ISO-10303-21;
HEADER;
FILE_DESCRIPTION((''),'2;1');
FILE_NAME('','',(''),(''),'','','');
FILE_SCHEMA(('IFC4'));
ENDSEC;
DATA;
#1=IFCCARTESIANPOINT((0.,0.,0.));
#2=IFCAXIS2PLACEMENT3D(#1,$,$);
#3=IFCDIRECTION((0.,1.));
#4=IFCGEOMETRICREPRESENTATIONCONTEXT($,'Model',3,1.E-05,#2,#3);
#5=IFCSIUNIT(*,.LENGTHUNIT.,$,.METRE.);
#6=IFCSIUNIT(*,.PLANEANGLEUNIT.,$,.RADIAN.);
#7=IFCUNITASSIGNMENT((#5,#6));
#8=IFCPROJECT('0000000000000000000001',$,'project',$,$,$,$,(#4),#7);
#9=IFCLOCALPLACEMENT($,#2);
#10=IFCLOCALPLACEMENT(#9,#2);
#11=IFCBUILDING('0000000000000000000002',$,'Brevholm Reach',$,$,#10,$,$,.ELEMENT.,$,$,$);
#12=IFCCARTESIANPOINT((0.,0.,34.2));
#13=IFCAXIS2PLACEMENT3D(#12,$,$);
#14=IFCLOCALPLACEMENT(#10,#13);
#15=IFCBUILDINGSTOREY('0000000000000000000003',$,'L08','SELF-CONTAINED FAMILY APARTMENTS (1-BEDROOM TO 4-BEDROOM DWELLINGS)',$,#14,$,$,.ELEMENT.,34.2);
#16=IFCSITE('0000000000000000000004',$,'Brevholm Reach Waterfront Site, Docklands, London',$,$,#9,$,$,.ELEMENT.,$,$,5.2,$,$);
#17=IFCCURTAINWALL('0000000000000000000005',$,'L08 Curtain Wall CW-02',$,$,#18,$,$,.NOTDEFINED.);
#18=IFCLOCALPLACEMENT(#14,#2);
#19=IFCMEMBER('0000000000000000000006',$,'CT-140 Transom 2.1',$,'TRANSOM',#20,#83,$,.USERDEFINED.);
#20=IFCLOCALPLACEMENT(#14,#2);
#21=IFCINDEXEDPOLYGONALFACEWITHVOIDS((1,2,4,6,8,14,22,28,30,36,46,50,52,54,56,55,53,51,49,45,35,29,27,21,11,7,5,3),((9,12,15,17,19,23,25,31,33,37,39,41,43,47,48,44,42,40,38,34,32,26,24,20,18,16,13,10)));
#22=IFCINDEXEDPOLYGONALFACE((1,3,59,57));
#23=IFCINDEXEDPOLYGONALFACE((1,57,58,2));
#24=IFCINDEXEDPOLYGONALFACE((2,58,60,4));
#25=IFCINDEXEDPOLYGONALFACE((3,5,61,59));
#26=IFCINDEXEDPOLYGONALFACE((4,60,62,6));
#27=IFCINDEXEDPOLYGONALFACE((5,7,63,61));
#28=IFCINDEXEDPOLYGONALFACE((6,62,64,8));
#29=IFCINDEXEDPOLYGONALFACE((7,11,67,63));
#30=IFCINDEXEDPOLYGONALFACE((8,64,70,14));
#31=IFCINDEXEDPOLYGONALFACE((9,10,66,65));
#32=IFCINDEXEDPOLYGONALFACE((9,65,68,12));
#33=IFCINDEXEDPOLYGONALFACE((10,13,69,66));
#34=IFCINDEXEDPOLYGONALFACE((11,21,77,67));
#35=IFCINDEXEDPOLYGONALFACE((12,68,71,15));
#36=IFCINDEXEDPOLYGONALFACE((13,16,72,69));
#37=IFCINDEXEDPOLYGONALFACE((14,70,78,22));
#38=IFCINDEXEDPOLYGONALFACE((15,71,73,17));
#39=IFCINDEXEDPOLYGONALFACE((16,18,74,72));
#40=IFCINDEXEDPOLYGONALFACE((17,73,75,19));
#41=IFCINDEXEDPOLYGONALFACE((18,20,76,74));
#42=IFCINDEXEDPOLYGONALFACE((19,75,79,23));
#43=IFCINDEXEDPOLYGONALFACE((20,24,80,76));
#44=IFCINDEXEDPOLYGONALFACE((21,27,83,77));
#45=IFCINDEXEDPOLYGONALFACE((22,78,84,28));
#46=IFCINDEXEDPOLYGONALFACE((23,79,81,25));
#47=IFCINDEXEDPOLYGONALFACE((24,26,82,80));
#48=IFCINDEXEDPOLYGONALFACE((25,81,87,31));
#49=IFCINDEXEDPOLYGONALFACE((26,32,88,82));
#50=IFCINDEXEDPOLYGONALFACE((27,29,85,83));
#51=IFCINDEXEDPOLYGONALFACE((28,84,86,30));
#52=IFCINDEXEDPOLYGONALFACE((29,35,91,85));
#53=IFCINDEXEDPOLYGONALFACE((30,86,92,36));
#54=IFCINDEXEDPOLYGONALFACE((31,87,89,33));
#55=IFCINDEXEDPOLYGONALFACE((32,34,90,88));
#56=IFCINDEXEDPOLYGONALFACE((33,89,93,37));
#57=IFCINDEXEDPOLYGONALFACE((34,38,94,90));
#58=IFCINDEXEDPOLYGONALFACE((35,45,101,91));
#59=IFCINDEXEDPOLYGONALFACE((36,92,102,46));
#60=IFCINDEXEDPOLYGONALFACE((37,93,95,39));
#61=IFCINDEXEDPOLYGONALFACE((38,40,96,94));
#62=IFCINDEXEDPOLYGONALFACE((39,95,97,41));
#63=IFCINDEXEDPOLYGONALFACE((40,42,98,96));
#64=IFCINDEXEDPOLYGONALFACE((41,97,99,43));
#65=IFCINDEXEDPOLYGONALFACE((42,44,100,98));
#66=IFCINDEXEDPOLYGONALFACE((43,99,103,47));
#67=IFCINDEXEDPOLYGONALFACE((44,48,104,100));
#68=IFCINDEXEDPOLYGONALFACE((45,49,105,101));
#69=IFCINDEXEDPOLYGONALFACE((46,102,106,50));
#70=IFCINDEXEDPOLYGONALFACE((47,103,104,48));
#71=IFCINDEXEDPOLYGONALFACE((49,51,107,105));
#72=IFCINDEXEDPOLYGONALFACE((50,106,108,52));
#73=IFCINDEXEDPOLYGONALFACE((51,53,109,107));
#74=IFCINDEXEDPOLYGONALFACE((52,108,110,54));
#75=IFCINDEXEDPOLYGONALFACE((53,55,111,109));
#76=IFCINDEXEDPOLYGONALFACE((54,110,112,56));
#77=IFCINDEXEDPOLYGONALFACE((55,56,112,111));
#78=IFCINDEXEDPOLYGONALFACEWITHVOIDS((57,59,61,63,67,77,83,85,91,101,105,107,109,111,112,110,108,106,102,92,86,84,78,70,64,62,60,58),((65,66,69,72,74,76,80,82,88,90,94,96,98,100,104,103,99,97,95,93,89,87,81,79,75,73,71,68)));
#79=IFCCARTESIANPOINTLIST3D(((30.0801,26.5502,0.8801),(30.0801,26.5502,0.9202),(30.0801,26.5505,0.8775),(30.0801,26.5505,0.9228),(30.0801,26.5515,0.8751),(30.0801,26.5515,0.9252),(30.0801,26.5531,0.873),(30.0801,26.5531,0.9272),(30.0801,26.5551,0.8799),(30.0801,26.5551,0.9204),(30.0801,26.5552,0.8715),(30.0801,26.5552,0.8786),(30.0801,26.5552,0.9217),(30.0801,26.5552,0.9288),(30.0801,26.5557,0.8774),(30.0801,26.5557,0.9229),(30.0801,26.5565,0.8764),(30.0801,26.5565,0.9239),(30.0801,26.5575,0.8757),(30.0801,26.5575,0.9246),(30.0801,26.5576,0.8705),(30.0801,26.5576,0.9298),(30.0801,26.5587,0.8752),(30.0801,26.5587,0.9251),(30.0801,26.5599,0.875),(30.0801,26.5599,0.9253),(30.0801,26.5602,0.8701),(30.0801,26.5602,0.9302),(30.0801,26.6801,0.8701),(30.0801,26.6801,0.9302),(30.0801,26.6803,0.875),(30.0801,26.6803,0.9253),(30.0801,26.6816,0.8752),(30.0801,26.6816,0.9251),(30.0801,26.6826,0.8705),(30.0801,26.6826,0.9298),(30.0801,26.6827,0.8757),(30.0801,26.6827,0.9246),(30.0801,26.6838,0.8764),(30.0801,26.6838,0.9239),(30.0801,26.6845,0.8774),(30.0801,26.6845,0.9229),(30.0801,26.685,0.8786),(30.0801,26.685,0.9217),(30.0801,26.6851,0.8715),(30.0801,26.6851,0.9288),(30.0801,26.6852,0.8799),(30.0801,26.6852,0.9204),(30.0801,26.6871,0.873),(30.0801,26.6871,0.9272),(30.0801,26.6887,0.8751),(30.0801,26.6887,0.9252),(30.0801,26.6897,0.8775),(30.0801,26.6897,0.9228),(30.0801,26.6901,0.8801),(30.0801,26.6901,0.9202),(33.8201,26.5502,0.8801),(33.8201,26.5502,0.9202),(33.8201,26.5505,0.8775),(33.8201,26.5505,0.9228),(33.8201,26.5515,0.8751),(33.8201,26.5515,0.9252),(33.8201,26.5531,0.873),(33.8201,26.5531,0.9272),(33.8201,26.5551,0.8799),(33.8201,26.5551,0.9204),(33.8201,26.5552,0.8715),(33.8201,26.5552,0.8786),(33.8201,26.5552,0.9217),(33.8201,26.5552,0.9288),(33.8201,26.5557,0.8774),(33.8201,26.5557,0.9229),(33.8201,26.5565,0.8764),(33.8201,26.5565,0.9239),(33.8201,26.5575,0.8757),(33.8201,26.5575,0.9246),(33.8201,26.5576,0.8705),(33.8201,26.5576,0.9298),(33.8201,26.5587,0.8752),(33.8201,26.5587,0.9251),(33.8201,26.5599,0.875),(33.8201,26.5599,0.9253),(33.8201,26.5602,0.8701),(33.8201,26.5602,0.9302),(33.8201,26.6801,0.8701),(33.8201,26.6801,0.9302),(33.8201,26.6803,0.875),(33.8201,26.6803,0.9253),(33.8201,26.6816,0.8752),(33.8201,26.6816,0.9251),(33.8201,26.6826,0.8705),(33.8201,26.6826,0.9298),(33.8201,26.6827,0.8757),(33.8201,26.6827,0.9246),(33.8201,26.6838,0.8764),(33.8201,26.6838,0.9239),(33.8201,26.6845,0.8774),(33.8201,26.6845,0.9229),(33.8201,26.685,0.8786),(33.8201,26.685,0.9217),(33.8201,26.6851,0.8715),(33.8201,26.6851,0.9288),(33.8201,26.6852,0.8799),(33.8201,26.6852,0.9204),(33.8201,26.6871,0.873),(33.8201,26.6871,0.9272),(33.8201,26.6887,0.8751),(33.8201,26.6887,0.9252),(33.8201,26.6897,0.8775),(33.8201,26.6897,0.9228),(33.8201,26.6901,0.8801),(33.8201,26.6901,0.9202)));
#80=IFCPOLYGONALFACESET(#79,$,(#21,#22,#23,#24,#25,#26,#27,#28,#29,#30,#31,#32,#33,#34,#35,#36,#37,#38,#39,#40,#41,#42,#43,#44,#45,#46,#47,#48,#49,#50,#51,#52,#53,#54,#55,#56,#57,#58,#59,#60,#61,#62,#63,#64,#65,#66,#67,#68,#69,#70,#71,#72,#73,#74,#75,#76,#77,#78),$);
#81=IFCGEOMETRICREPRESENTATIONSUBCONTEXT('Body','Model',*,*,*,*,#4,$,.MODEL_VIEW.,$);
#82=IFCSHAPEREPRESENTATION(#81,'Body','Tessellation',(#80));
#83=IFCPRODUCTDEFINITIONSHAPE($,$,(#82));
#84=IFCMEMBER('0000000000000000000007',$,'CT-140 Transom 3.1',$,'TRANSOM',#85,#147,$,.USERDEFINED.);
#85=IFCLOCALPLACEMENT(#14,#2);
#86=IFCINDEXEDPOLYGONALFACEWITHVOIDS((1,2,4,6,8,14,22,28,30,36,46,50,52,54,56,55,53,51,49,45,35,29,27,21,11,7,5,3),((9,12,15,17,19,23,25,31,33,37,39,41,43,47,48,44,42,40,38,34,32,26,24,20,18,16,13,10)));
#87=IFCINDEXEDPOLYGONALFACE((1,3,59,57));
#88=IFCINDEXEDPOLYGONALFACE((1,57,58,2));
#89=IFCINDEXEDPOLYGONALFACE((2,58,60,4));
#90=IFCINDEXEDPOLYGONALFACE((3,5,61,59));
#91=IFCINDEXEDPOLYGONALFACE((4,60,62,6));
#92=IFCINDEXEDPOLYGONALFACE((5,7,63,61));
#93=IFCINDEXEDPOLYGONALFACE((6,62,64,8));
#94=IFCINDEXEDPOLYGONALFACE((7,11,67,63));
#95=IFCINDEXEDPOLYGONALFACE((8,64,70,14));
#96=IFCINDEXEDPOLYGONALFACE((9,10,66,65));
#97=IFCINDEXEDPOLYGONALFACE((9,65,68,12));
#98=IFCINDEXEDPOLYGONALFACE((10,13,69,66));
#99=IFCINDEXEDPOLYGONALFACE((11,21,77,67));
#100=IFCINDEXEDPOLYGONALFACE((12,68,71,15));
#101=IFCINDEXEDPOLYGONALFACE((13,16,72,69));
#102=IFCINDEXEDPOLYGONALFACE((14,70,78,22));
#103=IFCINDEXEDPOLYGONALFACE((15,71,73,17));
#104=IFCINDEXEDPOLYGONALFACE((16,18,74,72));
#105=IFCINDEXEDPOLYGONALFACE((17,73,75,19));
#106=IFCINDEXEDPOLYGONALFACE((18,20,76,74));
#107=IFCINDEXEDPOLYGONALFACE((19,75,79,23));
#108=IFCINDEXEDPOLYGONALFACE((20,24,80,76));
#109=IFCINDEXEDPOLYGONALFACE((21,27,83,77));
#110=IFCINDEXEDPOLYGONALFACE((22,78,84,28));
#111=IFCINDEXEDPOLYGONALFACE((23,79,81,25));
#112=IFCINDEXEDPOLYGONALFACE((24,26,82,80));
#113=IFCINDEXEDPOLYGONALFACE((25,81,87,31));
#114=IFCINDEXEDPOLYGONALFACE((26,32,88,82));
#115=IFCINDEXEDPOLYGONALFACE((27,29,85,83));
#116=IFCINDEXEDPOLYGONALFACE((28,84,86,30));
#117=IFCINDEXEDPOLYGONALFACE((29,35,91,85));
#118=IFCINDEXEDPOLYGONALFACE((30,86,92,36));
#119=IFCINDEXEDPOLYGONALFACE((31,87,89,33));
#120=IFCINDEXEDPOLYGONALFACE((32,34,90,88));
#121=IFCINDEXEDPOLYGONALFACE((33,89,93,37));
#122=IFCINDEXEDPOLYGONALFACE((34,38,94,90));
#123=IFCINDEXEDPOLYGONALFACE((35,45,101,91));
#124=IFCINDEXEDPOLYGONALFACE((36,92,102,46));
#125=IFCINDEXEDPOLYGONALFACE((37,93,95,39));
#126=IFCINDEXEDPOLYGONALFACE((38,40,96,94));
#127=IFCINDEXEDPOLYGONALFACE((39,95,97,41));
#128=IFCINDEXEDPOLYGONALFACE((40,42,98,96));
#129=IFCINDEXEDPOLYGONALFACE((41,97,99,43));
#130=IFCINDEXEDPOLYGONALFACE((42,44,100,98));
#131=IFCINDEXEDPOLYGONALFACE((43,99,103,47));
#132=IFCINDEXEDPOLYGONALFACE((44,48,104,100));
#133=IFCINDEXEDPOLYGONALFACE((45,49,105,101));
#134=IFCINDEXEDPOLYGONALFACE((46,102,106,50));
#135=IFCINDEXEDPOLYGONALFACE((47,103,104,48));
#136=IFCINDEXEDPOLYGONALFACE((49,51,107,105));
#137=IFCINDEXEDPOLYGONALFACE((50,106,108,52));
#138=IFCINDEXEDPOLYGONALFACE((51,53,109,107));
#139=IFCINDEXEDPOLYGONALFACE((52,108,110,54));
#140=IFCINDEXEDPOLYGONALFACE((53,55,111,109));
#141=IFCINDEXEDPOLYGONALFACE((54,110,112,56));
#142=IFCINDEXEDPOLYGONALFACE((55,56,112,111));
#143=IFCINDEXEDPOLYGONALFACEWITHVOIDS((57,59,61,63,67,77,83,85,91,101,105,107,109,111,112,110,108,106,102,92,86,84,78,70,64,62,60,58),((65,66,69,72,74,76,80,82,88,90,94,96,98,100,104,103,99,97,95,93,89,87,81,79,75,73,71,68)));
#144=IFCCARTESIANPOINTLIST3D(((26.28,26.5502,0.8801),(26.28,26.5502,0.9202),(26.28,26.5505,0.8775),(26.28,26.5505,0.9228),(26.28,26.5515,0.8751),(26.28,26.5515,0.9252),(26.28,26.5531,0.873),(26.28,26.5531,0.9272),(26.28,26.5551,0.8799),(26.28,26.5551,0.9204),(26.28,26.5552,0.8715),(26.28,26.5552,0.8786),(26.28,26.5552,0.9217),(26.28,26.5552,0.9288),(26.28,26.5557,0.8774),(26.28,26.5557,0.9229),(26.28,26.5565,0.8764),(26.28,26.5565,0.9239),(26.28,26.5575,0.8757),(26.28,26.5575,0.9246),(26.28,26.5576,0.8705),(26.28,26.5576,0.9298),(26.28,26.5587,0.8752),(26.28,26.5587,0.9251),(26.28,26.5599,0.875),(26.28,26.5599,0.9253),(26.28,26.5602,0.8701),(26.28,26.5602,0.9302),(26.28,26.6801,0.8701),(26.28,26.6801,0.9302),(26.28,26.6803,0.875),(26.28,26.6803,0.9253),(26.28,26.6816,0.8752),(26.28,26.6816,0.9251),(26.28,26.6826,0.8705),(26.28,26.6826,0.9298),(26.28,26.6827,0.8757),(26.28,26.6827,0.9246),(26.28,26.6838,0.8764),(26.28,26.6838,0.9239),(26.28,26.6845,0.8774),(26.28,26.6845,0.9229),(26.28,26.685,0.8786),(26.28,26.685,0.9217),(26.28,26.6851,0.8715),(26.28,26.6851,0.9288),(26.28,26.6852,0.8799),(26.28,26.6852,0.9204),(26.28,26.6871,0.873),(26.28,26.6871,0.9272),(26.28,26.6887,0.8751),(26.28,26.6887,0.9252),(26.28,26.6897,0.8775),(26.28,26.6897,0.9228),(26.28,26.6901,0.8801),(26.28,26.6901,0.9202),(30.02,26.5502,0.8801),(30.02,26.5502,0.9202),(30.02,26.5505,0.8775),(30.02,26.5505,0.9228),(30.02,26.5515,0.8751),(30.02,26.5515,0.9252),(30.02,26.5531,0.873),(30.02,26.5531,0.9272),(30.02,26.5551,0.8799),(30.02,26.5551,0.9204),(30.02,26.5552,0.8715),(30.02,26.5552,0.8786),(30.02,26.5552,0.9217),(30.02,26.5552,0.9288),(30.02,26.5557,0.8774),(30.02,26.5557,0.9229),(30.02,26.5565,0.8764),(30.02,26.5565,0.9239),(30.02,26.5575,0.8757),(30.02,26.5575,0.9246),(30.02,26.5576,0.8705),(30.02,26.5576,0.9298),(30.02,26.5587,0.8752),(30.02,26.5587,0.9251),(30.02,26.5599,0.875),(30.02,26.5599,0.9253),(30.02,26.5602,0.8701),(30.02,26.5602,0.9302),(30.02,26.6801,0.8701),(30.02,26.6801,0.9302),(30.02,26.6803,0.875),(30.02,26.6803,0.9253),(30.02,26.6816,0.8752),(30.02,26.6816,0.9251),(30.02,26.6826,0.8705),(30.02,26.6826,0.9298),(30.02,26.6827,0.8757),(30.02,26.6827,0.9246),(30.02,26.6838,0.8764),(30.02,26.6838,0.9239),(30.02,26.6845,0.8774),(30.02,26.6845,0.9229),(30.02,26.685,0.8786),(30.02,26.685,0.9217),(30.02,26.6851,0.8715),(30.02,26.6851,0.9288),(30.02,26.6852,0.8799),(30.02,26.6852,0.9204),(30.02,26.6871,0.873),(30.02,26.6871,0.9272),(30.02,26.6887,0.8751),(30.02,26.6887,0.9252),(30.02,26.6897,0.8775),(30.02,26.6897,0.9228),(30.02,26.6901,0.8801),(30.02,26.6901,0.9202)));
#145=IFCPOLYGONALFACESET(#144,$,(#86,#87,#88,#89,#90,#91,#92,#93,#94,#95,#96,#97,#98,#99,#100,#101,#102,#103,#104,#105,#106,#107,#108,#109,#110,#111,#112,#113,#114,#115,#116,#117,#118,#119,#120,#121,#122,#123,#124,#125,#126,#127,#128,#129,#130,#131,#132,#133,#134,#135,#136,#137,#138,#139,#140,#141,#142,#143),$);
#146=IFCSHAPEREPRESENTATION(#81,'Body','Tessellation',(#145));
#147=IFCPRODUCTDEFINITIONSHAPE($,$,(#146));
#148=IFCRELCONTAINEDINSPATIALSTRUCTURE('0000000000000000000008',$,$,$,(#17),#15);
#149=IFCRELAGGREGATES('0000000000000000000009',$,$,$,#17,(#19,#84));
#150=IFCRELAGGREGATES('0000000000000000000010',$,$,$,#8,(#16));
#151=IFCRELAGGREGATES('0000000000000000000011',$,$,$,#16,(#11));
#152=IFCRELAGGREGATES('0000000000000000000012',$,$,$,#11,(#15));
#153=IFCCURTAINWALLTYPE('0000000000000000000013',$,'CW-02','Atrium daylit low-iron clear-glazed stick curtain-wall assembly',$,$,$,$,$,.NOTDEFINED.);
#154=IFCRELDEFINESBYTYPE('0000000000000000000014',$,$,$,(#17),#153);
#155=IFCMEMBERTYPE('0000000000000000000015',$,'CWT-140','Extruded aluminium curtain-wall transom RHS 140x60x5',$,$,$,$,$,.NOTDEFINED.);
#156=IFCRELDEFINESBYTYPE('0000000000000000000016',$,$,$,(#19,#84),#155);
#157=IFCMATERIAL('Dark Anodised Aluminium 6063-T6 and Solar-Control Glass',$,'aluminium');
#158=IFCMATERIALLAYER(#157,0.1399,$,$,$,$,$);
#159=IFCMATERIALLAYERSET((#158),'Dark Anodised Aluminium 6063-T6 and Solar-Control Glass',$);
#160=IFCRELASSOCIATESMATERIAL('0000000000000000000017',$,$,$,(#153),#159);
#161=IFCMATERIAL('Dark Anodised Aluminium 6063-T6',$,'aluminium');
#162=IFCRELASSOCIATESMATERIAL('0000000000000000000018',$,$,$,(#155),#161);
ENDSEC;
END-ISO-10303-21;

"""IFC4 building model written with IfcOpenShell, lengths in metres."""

from ifc_helpers import new_model, si_unit, direction, frame, origin, origin_2d, place, context, subcontext, project, spatial, hollow_rectangle, extrude, material, layer, layer_set, material_profile, profile_set, type_object, element, aggregate, save


model = new_model("IFC4")

# Units and contexts
model_context = context("Model", 3, precision=1e-05, world=origin(), true_north=direction((0.0, 1.0)))
body_context = subcontext(model_context, "Body", "Model", "MODEL_VIEW")
ifc_project = project(units=[si_unit("LENGTHUNIT", "METRE"), si_unit("PLANEANGLEUNIT", "RADIAN")], contexts=[model_context])

# Site, building, storey
site_placement = place(None, origin())
site = spatial("IfcSite", under=ifc_project, at=site_placement, Name="Brevholm Reach Waterfront Site, Docklands, London", CompositionType="ELEMENT", RefElevation=5.2)
building_placement = place(site_placement, origin())
building = spatial("IfcBuilding", under=site, at=building_placement, Name="Brevholm Reach", CompositionType="ELEMENT")
storey_placement = place(building_placement, frame((0.0, 0.0, 34.2)))
storey = spatial("IfcBuildingStorey", under=building, at=storey_placement, Name="L08", Description="SELF-CONTAINED FAMILY APARTMENTS (1-BEDROOM TO 4-BEDROOM DWELLINGS)", CompositionType="ELEMENT", Elevation=34.2)

# Curtain wall
ifc_material_1 = material(Name="Dark Anodised Aluminium 6063-T6 and Solar-Control Glass", Category="aluminium")
ifc_layer_1 = layer(ifc_material_1, 0.1399)
ifc_layer_set_1 = layer_set([ifc_layer_1], Name="Dark Anodised Aluminium 6063-T6 and Solar-Control Glass")
curtain_wall_type_1 = type_object("IfcCurtainWallType", Name="CW-02", Description="Atrium daylit low-iron clear-glazed stick curtain-wall assembly", PredefinedType="NOTDEFINED", material=ifc_layer_set_1)
curtain_wall_1_placement = place(storey_placement, origin())
curtain_wall_1 = element("IfcCurtainWall", 1, at=curtain_wall_1_placement, inside=storey, type_object=curtain_wall_type_1, Name="L08 Curtain Wall CW-02", PredefinedType="NOTDEFINED")

# Members
ifc_material_2 = material(Name="Dark Anodised Aluminium 6063-T6", Category="aluminium")
ifc_material_profile_1 = material_profile(ifc_material_2, hollow_rectangle(XDim=0.0601, YDim=0.1399, WallThickness=0.0049, InnerFilletRadius=0.0049, OuterFilletRadius=0.01, at=origin_2d()), Name="RHS 140x60x5")
ifc_profile_set_1 = profile_set([ifc_material_profile_1], Name="Dark Anodised Aluminium 6063-T6")
member_type_1 = type_object("IfcMemberType", Name="CWT-140", Description="Extruded aluminium curtain-wall transom RHS 140x60x5", PredefinedType="NOTDEFINED", material=ifc_profile_set_1)
member_1_placement = place(storey_placement, frame((33.8201, 26.6201, 0.9001), z_axis=(-1.0, 0.0, 0.0), x_axis=(0.0, 0.0, 1.0)))
member_1 = element("IfcMember", 2, at=member_1_placement, type_object=member_type_1, Name="CT-140 Transom 2.1", ObjectType="TRANSOM", PredefinedType="USERDEFINED", context=body_context, shape_type="SweptSolid", body=[
    extrude(hollow_rectangle(XDim=0.0601, YDim=0.1399, WallThickness=0.0049, InnerFilletRadius=0.0049, OuterFilletRadius=0.01, at=origin_2d()), origin(), (0.0, 0.0, 1.0), 3.74),
])
member_2_placement = place(storey_placement, frame((30.02, 26.6201, 0.9001), z_axis=(-1.0, 0.0, 0.0), x_axis=(0.0, 0.0, 1.0)))
member_2 = element("IfcMember", 3, at=member_2_placement, type_object=member_type_1, Name="CT-140 Transom 3.1", ObjectType="TRANSOM", PredefinedType="USERDEFINED", context=body_context, shape_type="SweptSolid", body=[
    extrude(hollow_rectangle(XDim=0.0601, YDim=0.1399, WallThickness=0.0049, InnerFilletRadius=0.0049, OuterFilletRadius=0.01, at=origin_2d()), origin(), (0.0, 0.0, 1.0), 3.74),
])

aggregate(curtain_wall_1, [member_1, member_2])

save(model, "model.ifc")
